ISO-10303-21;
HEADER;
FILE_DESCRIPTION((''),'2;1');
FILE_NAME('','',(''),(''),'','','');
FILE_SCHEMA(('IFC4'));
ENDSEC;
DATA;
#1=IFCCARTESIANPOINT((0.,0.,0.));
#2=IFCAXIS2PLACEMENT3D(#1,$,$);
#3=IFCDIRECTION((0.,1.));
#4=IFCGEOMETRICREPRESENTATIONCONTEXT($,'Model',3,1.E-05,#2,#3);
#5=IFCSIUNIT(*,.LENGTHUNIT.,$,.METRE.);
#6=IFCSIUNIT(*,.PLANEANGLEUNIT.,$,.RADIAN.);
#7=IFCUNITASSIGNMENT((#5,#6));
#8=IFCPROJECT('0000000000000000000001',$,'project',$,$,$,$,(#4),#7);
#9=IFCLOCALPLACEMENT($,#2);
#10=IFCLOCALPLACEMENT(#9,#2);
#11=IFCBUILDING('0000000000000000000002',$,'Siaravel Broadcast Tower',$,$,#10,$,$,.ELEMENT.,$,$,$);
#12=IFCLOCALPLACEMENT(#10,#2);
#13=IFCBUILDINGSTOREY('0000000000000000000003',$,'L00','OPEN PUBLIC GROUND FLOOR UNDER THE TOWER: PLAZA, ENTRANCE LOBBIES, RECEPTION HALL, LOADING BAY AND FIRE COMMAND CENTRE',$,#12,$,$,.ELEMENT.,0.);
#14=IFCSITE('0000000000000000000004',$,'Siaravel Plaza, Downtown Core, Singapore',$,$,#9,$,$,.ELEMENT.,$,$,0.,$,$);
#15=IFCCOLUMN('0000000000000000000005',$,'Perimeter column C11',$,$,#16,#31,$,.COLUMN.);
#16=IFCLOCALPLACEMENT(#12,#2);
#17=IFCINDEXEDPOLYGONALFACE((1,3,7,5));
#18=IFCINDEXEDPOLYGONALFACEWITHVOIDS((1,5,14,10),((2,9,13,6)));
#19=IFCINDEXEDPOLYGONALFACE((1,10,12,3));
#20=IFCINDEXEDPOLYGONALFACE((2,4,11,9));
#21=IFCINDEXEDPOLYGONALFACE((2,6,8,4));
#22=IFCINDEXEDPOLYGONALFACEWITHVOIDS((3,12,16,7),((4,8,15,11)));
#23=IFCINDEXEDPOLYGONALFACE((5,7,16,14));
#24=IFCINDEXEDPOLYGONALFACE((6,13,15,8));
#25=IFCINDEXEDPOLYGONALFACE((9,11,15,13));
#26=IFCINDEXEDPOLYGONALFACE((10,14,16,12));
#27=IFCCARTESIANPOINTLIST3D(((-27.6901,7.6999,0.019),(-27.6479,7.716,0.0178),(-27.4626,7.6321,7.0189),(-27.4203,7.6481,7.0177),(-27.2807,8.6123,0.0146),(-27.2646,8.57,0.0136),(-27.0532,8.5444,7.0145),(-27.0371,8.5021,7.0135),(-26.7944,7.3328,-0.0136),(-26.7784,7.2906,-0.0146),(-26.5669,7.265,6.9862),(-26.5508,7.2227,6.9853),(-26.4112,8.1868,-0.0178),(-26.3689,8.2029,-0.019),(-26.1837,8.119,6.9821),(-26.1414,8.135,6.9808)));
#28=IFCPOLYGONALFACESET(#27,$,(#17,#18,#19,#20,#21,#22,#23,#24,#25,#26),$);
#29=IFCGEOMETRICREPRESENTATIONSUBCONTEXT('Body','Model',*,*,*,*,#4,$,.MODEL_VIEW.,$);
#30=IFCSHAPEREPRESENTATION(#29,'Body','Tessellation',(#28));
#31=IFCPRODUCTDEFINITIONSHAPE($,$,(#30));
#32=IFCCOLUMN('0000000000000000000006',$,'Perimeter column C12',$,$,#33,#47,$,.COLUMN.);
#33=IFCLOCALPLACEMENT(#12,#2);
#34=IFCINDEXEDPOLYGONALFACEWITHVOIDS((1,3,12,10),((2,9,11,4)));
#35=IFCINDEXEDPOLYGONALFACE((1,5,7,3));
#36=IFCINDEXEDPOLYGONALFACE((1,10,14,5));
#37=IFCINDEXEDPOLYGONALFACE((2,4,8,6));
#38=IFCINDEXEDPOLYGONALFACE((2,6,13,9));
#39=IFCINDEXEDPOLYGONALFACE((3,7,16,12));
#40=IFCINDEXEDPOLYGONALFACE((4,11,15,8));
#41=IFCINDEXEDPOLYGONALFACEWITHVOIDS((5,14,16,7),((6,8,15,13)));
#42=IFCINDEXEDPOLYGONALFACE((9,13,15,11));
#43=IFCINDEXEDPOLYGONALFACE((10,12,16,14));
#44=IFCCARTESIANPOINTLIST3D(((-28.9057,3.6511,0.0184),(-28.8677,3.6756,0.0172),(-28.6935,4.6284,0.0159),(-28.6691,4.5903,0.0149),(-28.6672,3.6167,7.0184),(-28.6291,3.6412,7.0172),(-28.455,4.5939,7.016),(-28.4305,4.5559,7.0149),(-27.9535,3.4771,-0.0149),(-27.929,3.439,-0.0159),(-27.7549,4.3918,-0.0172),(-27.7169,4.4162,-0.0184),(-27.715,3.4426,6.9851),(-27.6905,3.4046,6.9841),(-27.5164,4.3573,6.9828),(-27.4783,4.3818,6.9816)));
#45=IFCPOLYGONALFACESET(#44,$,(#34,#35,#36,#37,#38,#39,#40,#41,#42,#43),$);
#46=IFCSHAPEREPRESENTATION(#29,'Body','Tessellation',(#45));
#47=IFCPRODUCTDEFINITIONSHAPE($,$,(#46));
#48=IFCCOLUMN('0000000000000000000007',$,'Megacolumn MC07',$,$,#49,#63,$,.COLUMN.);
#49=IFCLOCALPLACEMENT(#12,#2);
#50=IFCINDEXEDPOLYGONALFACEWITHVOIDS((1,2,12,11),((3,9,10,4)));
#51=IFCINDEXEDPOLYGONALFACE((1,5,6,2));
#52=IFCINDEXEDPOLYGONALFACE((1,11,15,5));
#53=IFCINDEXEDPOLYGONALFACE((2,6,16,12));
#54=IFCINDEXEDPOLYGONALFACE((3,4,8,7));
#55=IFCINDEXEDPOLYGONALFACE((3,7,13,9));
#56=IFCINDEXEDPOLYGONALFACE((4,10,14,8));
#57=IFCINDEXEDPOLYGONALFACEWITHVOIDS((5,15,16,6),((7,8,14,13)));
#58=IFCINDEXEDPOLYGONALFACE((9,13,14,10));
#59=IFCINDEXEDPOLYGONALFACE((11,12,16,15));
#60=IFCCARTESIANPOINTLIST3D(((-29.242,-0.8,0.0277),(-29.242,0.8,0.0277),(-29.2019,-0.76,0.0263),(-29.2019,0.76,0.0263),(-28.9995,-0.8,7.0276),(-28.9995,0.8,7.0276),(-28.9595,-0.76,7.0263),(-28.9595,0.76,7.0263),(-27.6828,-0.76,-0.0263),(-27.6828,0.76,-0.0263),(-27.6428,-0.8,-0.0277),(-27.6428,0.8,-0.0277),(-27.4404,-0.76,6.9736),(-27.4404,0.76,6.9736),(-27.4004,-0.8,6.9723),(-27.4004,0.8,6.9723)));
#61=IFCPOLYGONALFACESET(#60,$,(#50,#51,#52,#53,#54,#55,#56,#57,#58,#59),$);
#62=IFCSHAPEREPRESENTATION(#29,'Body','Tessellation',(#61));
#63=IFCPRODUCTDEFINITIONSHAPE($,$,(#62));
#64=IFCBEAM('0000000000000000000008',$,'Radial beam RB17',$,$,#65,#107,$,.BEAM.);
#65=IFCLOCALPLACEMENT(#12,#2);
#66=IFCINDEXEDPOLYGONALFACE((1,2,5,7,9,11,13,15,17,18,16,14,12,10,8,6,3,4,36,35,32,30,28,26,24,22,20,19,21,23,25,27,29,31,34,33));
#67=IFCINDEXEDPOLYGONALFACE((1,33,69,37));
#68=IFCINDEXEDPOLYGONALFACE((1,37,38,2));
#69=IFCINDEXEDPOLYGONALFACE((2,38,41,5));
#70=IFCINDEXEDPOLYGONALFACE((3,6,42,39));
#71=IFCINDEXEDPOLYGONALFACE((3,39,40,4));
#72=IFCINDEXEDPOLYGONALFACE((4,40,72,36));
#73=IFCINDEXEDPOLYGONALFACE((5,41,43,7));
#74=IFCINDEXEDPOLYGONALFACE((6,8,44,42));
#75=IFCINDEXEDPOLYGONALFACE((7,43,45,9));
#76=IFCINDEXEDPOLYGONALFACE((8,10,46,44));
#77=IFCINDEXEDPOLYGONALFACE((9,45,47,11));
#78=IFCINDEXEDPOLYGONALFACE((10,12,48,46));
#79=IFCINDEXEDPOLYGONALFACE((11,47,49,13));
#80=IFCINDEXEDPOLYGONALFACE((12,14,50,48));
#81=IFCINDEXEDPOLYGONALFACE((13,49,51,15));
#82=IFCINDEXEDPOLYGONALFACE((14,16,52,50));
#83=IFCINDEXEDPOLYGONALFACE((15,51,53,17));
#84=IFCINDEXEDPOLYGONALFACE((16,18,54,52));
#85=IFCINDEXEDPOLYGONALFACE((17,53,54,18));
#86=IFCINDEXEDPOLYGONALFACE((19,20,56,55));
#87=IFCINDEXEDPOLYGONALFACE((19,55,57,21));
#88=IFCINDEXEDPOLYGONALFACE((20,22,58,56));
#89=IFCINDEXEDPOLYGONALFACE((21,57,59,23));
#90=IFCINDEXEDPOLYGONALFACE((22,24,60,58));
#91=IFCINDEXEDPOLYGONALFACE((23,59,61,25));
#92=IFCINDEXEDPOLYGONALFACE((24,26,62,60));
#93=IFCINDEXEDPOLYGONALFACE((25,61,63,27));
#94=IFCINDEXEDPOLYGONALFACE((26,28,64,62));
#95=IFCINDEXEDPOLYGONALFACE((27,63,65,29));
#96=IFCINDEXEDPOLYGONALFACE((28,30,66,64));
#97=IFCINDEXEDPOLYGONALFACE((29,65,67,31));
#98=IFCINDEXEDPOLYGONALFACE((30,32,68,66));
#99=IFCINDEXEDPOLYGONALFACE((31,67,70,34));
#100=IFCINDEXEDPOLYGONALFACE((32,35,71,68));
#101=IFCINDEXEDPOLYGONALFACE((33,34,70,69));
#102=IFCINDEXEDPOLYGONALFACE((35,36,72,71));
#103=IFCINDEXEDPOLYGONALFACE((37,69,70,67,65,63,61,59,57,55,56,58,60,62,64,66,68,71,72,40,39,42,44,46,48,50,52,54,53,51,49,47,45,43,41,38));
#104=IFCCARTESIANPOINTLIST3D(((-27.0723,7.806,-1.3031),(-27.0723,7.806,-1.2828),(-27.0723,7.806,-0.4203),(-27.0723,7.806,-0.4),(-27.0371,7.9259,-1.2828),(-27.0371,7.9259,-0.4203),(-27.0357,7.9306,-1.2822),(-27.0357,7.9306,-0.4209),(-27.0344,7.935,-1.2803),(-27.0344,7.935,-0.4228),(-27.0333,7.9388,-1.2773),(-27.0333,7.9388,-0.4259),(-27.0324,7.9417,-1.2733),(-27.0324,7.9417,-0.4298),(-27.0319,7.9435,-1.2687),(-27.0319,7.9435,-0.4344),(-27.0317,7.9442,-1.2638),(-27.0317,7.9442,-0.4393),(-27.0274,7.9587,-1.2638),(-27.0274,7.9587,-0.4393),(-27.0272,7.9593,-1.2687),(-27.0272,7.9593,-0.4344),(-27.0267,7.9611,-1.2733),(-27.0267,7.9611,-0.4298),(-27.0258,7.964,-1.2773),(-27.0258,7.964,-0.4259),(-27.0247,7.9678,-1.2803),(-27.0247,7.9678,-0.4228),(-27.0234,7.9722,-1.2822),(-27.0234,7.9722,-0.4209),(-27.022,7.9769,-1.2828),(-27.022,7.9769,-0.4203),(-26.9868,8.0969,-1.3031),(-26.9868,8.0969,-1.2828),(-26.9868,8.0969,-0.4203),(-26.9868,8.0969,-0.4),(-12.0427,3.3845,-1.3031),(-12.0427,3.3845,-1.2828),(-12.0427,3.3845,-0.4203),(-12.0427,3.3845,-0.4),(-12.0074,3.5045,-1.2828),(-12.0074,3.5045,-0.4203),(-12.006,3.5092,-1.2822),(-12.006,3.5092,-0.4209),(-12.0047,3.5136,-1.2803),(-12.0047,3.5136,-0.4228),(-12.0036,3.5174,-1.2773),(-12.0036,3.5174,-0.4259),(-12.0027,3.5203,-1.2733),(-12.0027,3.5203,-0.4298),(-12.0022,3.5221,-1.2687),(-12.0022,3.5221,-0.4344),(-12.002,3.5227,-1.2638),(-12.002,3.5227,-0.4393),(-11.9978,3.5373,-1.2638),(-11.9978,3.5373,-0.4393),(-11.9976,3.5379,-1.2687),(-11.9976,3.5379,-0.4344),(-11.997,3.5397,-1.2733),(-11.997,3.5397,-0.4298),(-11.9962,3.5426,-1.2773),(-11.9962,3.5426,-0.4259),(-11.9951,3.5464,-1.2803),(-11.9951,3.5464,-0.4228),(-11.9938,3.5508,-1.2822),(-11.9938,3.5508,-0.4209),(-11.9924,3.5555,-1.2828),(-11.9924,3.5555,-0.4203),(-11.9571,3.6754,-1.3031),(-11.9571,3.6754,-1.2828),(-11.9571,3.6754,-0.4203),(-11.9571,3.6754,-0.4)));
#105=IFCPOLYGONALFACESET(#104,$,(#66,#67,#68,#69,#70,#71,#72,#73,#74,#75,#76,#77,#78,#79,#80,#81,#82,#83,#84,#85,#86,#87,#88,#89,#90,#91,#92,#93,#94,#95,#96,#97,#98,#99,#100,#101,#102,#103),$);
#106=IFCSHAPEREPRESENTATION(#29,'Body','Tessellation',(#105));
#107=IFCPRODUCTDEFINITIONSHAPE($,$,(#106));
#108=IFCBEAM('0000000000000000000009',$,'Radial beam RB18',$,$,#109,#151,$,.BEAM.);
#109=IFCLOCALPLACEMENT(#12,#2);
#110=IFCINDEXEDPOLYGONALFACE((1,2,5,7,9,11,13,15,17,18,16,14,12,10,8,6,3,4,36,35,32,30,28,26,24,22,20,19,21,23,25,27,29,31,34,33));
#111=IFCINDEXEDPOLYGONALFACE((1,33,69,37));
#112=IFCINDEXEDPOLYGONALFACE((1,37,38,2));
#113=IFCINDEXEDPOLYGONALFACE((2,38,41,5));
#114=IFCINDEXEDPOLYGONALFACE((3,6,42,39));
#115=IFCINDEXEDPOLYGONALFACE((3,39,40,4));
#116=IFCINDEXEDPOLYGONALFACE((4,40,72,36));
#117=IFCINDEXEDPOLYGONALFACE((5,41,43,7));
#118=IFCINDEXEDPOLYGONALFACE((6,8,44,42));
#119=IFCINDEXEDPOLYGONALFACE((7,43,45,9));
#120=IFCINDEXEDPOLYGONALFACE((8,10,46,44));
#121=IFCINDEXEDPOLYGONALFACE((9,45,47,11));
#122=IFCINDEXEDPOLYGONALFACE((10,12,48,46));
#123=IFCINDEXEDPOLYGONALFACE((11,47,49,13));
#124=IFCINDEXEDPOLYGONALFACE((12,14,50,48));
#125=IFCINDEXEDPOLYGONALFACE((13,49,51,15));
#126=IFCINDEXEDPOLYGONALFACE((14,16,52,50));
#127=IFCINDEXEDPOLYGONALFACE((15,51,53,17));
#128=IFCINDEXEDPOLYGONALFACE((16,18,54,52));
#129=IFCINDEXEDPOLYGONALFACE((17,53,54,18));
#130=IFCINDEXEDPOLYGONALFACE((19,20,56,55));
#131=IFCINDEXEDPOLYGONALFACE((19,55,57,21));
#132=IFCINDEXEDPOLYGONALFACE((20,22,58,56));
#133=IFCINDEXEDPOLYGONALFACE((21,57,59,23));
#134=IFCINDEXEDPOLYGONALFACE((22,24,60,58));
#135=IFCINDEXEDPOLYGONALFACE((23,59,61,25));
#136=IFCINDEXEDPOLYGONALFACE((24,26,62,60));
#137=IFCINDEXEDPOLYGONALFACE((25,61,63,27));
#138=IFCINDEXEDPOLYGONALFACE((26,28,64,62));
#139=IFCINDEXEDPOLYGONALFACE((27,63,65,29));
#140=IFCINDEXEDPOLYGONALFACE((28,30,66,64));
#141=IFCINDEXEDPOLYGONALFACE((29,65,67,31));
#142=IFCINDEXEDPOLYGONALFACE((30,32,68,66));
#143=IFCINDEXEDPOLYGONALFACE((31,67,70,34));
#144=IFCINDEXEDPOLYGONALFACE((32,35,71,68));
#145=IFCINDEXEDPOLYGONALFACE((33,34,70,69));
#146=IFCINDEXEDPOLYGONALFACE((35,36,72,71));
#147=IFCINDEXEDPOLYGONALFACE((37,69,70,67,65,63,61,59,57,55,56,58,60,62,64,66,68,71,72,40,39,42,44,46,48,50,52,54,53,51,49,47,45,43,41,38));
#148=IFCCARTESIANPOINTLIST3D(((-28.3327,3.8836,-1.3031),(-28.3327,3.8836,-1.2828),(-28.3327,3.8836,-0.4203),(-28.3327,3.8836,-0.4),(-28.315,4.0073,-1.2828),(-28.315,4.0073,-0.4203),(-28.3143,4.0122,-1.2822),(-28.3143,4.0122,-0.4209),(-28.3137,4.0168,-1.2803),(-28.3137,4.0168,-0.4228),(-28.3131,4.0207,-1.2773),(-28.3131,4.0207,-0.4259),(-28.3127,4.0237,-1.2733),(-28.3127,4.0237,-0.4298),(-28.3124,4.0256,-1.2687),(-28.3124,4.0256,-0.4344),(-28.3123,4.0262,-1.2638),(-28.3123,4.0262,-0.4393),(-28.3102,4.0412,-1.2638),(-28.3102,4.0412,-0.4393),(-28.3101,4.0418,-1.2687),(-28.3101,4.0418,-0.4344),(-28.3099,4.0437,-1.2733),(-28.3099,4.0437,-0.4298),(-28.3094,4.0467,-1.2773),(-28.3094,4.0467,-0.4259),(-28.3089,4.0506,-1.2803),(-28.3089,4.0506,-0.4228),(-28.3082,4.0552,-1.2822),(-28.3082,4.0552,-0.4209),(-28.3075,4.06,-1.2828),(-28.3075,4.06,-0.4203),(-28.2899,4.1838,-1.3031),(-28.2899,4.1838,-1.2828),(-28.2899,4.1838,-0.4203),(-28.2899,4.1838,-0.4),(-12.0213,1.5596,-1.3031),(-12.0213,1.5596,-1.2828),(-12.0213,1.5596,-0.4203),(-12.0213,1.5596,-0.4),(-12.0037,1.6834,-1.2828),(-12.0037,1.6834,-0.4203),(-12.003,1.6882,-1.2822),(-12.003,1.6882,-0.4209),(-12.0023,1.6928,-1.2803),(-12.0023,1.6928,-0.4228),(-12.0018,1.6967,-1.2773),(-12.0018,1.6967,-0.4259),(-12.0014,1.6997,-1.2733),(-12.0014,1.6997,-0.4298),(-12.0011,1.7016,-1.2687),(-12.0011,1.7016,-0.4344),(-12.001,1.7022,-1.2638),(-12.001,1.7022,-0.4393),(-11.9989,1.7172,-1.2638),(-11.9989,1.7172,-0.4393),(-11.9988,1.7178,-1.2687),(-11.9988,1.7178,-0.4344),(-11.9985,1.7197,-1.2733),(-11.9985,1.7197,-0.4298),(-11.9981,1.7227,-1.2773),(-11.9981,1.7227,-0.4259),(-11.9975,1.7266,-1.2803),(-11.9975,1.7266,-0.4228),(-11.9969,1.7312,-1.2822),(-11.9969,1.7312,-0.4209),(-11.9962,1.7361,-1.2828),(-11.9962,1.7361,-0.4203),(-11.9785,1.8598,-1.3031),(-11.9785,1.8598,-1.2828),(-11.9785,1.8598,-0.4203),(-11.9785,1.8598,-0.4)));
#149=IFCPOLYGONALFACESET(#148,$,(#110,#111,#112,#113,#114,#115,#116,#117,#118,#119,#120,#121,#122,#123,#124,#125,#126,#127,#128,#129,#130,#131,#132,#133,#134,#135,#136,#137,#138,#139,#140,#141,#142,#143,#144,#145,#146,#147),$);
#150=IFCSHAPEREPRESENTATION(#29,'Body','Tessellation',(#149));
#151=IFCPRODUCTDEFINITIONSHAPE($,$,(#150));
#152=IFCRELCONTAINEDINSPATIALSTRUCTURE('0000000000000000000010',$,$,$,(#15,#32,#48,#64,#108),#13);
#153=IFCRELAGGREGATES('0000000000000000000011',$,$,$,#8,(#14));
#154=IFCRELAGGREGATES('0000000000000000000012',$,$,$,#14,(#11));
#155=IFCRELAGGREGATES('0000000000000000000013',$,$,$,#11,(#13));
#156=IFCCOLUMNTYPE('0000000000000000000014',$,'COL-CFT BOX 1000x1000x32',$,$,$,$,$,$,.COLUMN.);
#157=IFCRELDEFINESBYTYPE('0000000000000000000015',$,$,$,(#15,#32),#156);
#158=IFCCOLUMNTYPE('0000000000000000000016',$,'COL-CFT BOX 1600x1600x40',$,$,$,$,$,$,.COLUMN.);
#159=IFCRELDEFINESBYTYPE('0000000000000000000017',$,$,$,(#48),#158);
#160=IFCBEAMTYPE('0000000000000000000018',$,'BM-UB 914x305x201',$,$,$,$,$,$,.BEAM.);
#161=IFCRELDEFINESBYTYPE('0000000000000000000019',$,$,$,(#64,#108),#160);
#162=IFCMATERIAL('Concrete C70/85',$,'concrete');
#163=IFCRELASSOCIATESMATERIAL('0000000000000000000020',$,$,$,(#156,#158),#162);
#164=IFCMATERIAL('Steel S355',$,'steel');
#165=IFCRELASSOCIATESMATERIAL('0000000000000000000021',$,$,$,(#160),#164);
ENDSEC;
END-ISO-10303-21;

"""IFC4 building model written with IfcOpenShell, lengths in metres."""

from ifc_helpers import new_model, si_unit, direction, frame, origin, origin_2d, place, context, subcontext, project, spatial, hollow_rectangle, i_section, extrude, material, material_profile, profile_set, type_object, element, save


model = new_model("IFC4")

# Units and contexts
model_context = context("Model", 3, precision=1e-05, world=origin(), true_north=direction((0.0, 1.0)))
body_context = subcontext(model_context, "Body", "Model", "MODEL_VIEW")
ifc_project = project(units=[si_unit("LENGTHUNIT", "METRE"), si_unit("PLANEANGLEUNIT", "RADIAN")], contexts=[model_context])

# Site, building, storey
site_placement = place(None, origin())
site = spatial("IfcSite", under=ifc_project, at=site_placement, Name="Siaravel Plaza, Downtown Core, Singapore", CompositionType="ELEMENT", RefElevation=0.0)
building_placement = place(site_placement, origin())
building = spatial("IfcBuilding", under=site, at=building_placement, Name="Siaravel Broadcast Tower", CompositionType="ELEMENT")
storey_placement = place(building_placement, origin())
storey = spatial("IfcBuildingStorey", under=building, at=storey_placement, Name="L00", Description="OPEN PUBLIC GROUND FLOOR UNDER THE TOWER: PLAZA, ENTRANCE LOBBIES, RECEPTION HALL, LOADING BAY AND FIRE COMMAND CENTRE", CompositionType="ELEMENT", Elevation=0.0)

# Columns
ifc_material_1 = material(Name="Concrete C70/85", Category="concrete")
ifc_material_profile_1 = material_profile(ifc_material_1, hollow_rectangle(XDim=1.0, YDim=1.0, WallThickness=0.032, at=origin_2d()))
ifc_profile_set_1 = profile_set([ifc_material_profile_1], Name="Concrete C70/85")
column_type_1 = type_object("IfcColumnType", Name="COL-CFT BOX 1000x1000x32", PredefinedType="COLUMN", material=ifc_profile_set_1)
column_1_placement = place(storey_placement, frame((-27.0295, 7.9514, 0.0), z_axis=(0.032487, -0.00969, 0.999425), x_axis=(0.409436, 0.912328, -0.004463)))
element("IfcColumn", 1, at=column_1_placement, inside=storey, type_object=column_type_1, Name="Perimeter column C11", PredefinedType="COLUMN", context=body_context, shape_type="SweptSolid", body=[
    extrude(hollow_rectangle(XDim=1.0, YDim=1.0, WallThickness=0.032, at=origin_2d()), origin(), (0.0, 0.0, 1.0), 7.0039),
])
column_2_placement = place(storey_placement, frame((-28.3113, 4.0337, 0.0), z_axis=(0.034055, -0.004915, 0.999408), x_axis=(0.212174, 0.977229, -0.002424)))
element("IfcColumn", 2, at=column_2_placement, inside=storey, type_object=column_type_1, Name="Perimeter column C12", PredefinedType="COLUMN", context=body_context, shape_type="SweptSolid", body=[
    extrude(hollow_rectangle(XDim=1.0, YDim=1.0, WallThickness=0.032, at=origin_2d()), origin(), (0.0, 0.0, 1.0), 7.0042),
])
ifc_material_profile_2 = material_profile(ifc_material_1, hollow_rectangle(XDim=1.6001, YDim=1.6001, WallThickness=0.04, at=origin_2d()))
ifc_profile_set_2 = profile_set([ifc_material_profile_2], Name="Concrete C70/85")
column_type_2 = type_object("IfcColumnType", Name="COL-CFT BOX 1600x1600x40", PredefinedType="COLUMN", material=ifc_profile_set_2)
column_3_placement = place(storey_placement, frame((-28.4424, 0.0, 0.0), z_axis=(0.034612, 0.0, 0.999401), x_axis=(0.0, 1.0, 0.0)))
element("IfcColumn", 3, at=column_3_placement, inside=storey, type_object=column_type_2, Name="Megacolumn MC07", PredefinedType="COLUMN", context=body_context, shape_type="SweptSolid", body=[
    extrude(hollow_rectangle(XDim=1.6001, YDim=1.6001, WallThickness=0.04, at=origin_2d()), origin(), (0.0, 0.0, 1.0), 7.0042),
])

# Beams
ifc_material_2 = material(Name="Steel S355", Category="steel")
ifc_material_profile_3 = material_profile(ifc_material_2, i_section(OverallWidth=0.3032, OverallDepth=0.9031, WebThickness=0.0151, FlangeThickness=0.0203, FilletRadius=0.019, at=origin_2d()))
ifc_profile_set_3 = profile_set([ifc_material_profile_3], Name="Steel S355")
beam_type = type_object("IfcBeamType", Name="BM-UB 914x305x201", PredefinedType="BEAM", material=ifc_profile_set_3)
beam_1_placement = place(storey_placement, frame((-27.0295, 7.9514, -0.8516), z_axis=(0.959349, -0.282221, 0.0), x_axis=(0.282221, 0.959349, 0.0)))
element("IfcBeam", 4, at=beam_1_placement, inside=storey, type_object=beam_type, Name="Radial beam RB17", PredefinedType="BEAM", context=body_context, shape_type="SweptSolid", body=[
    extrude(i_section(OverallWidth=0.3032, OverallDepth=0.9031, WebThickness=0.0151, FlangeThickness=0.0203, FilletRadius=0.019, at=origin_2d()), origin(), (0.0, 0.0, 1.0), 15.6665),
])
beam_2_placement = place(storey_placement, frame((-28.3113, 4.0337, -0.8516), z_axis=(0.990002, -0.141052, 0.0), x_axis=(0.141052, 0.990002, 0.0)))
element("IfcBeam", 5, at=beam_2_placement, inside=storey, type_object=beam_type, Name="Radial beam RB18", PredefinedType="BEAM", context=body_context, shape_type="SweptSolid", body=[
    extrude(i_section(OverallWidth=0.3032, OverallDepth=0.9031, WebThickness=0.0151, FlangeThickness=0.0203, FilletRadius=0.019, at=origin_2d()), origin(), (0.0, 0.0, 1.0), 16.4761),
])

save(model, "model.ifc")
